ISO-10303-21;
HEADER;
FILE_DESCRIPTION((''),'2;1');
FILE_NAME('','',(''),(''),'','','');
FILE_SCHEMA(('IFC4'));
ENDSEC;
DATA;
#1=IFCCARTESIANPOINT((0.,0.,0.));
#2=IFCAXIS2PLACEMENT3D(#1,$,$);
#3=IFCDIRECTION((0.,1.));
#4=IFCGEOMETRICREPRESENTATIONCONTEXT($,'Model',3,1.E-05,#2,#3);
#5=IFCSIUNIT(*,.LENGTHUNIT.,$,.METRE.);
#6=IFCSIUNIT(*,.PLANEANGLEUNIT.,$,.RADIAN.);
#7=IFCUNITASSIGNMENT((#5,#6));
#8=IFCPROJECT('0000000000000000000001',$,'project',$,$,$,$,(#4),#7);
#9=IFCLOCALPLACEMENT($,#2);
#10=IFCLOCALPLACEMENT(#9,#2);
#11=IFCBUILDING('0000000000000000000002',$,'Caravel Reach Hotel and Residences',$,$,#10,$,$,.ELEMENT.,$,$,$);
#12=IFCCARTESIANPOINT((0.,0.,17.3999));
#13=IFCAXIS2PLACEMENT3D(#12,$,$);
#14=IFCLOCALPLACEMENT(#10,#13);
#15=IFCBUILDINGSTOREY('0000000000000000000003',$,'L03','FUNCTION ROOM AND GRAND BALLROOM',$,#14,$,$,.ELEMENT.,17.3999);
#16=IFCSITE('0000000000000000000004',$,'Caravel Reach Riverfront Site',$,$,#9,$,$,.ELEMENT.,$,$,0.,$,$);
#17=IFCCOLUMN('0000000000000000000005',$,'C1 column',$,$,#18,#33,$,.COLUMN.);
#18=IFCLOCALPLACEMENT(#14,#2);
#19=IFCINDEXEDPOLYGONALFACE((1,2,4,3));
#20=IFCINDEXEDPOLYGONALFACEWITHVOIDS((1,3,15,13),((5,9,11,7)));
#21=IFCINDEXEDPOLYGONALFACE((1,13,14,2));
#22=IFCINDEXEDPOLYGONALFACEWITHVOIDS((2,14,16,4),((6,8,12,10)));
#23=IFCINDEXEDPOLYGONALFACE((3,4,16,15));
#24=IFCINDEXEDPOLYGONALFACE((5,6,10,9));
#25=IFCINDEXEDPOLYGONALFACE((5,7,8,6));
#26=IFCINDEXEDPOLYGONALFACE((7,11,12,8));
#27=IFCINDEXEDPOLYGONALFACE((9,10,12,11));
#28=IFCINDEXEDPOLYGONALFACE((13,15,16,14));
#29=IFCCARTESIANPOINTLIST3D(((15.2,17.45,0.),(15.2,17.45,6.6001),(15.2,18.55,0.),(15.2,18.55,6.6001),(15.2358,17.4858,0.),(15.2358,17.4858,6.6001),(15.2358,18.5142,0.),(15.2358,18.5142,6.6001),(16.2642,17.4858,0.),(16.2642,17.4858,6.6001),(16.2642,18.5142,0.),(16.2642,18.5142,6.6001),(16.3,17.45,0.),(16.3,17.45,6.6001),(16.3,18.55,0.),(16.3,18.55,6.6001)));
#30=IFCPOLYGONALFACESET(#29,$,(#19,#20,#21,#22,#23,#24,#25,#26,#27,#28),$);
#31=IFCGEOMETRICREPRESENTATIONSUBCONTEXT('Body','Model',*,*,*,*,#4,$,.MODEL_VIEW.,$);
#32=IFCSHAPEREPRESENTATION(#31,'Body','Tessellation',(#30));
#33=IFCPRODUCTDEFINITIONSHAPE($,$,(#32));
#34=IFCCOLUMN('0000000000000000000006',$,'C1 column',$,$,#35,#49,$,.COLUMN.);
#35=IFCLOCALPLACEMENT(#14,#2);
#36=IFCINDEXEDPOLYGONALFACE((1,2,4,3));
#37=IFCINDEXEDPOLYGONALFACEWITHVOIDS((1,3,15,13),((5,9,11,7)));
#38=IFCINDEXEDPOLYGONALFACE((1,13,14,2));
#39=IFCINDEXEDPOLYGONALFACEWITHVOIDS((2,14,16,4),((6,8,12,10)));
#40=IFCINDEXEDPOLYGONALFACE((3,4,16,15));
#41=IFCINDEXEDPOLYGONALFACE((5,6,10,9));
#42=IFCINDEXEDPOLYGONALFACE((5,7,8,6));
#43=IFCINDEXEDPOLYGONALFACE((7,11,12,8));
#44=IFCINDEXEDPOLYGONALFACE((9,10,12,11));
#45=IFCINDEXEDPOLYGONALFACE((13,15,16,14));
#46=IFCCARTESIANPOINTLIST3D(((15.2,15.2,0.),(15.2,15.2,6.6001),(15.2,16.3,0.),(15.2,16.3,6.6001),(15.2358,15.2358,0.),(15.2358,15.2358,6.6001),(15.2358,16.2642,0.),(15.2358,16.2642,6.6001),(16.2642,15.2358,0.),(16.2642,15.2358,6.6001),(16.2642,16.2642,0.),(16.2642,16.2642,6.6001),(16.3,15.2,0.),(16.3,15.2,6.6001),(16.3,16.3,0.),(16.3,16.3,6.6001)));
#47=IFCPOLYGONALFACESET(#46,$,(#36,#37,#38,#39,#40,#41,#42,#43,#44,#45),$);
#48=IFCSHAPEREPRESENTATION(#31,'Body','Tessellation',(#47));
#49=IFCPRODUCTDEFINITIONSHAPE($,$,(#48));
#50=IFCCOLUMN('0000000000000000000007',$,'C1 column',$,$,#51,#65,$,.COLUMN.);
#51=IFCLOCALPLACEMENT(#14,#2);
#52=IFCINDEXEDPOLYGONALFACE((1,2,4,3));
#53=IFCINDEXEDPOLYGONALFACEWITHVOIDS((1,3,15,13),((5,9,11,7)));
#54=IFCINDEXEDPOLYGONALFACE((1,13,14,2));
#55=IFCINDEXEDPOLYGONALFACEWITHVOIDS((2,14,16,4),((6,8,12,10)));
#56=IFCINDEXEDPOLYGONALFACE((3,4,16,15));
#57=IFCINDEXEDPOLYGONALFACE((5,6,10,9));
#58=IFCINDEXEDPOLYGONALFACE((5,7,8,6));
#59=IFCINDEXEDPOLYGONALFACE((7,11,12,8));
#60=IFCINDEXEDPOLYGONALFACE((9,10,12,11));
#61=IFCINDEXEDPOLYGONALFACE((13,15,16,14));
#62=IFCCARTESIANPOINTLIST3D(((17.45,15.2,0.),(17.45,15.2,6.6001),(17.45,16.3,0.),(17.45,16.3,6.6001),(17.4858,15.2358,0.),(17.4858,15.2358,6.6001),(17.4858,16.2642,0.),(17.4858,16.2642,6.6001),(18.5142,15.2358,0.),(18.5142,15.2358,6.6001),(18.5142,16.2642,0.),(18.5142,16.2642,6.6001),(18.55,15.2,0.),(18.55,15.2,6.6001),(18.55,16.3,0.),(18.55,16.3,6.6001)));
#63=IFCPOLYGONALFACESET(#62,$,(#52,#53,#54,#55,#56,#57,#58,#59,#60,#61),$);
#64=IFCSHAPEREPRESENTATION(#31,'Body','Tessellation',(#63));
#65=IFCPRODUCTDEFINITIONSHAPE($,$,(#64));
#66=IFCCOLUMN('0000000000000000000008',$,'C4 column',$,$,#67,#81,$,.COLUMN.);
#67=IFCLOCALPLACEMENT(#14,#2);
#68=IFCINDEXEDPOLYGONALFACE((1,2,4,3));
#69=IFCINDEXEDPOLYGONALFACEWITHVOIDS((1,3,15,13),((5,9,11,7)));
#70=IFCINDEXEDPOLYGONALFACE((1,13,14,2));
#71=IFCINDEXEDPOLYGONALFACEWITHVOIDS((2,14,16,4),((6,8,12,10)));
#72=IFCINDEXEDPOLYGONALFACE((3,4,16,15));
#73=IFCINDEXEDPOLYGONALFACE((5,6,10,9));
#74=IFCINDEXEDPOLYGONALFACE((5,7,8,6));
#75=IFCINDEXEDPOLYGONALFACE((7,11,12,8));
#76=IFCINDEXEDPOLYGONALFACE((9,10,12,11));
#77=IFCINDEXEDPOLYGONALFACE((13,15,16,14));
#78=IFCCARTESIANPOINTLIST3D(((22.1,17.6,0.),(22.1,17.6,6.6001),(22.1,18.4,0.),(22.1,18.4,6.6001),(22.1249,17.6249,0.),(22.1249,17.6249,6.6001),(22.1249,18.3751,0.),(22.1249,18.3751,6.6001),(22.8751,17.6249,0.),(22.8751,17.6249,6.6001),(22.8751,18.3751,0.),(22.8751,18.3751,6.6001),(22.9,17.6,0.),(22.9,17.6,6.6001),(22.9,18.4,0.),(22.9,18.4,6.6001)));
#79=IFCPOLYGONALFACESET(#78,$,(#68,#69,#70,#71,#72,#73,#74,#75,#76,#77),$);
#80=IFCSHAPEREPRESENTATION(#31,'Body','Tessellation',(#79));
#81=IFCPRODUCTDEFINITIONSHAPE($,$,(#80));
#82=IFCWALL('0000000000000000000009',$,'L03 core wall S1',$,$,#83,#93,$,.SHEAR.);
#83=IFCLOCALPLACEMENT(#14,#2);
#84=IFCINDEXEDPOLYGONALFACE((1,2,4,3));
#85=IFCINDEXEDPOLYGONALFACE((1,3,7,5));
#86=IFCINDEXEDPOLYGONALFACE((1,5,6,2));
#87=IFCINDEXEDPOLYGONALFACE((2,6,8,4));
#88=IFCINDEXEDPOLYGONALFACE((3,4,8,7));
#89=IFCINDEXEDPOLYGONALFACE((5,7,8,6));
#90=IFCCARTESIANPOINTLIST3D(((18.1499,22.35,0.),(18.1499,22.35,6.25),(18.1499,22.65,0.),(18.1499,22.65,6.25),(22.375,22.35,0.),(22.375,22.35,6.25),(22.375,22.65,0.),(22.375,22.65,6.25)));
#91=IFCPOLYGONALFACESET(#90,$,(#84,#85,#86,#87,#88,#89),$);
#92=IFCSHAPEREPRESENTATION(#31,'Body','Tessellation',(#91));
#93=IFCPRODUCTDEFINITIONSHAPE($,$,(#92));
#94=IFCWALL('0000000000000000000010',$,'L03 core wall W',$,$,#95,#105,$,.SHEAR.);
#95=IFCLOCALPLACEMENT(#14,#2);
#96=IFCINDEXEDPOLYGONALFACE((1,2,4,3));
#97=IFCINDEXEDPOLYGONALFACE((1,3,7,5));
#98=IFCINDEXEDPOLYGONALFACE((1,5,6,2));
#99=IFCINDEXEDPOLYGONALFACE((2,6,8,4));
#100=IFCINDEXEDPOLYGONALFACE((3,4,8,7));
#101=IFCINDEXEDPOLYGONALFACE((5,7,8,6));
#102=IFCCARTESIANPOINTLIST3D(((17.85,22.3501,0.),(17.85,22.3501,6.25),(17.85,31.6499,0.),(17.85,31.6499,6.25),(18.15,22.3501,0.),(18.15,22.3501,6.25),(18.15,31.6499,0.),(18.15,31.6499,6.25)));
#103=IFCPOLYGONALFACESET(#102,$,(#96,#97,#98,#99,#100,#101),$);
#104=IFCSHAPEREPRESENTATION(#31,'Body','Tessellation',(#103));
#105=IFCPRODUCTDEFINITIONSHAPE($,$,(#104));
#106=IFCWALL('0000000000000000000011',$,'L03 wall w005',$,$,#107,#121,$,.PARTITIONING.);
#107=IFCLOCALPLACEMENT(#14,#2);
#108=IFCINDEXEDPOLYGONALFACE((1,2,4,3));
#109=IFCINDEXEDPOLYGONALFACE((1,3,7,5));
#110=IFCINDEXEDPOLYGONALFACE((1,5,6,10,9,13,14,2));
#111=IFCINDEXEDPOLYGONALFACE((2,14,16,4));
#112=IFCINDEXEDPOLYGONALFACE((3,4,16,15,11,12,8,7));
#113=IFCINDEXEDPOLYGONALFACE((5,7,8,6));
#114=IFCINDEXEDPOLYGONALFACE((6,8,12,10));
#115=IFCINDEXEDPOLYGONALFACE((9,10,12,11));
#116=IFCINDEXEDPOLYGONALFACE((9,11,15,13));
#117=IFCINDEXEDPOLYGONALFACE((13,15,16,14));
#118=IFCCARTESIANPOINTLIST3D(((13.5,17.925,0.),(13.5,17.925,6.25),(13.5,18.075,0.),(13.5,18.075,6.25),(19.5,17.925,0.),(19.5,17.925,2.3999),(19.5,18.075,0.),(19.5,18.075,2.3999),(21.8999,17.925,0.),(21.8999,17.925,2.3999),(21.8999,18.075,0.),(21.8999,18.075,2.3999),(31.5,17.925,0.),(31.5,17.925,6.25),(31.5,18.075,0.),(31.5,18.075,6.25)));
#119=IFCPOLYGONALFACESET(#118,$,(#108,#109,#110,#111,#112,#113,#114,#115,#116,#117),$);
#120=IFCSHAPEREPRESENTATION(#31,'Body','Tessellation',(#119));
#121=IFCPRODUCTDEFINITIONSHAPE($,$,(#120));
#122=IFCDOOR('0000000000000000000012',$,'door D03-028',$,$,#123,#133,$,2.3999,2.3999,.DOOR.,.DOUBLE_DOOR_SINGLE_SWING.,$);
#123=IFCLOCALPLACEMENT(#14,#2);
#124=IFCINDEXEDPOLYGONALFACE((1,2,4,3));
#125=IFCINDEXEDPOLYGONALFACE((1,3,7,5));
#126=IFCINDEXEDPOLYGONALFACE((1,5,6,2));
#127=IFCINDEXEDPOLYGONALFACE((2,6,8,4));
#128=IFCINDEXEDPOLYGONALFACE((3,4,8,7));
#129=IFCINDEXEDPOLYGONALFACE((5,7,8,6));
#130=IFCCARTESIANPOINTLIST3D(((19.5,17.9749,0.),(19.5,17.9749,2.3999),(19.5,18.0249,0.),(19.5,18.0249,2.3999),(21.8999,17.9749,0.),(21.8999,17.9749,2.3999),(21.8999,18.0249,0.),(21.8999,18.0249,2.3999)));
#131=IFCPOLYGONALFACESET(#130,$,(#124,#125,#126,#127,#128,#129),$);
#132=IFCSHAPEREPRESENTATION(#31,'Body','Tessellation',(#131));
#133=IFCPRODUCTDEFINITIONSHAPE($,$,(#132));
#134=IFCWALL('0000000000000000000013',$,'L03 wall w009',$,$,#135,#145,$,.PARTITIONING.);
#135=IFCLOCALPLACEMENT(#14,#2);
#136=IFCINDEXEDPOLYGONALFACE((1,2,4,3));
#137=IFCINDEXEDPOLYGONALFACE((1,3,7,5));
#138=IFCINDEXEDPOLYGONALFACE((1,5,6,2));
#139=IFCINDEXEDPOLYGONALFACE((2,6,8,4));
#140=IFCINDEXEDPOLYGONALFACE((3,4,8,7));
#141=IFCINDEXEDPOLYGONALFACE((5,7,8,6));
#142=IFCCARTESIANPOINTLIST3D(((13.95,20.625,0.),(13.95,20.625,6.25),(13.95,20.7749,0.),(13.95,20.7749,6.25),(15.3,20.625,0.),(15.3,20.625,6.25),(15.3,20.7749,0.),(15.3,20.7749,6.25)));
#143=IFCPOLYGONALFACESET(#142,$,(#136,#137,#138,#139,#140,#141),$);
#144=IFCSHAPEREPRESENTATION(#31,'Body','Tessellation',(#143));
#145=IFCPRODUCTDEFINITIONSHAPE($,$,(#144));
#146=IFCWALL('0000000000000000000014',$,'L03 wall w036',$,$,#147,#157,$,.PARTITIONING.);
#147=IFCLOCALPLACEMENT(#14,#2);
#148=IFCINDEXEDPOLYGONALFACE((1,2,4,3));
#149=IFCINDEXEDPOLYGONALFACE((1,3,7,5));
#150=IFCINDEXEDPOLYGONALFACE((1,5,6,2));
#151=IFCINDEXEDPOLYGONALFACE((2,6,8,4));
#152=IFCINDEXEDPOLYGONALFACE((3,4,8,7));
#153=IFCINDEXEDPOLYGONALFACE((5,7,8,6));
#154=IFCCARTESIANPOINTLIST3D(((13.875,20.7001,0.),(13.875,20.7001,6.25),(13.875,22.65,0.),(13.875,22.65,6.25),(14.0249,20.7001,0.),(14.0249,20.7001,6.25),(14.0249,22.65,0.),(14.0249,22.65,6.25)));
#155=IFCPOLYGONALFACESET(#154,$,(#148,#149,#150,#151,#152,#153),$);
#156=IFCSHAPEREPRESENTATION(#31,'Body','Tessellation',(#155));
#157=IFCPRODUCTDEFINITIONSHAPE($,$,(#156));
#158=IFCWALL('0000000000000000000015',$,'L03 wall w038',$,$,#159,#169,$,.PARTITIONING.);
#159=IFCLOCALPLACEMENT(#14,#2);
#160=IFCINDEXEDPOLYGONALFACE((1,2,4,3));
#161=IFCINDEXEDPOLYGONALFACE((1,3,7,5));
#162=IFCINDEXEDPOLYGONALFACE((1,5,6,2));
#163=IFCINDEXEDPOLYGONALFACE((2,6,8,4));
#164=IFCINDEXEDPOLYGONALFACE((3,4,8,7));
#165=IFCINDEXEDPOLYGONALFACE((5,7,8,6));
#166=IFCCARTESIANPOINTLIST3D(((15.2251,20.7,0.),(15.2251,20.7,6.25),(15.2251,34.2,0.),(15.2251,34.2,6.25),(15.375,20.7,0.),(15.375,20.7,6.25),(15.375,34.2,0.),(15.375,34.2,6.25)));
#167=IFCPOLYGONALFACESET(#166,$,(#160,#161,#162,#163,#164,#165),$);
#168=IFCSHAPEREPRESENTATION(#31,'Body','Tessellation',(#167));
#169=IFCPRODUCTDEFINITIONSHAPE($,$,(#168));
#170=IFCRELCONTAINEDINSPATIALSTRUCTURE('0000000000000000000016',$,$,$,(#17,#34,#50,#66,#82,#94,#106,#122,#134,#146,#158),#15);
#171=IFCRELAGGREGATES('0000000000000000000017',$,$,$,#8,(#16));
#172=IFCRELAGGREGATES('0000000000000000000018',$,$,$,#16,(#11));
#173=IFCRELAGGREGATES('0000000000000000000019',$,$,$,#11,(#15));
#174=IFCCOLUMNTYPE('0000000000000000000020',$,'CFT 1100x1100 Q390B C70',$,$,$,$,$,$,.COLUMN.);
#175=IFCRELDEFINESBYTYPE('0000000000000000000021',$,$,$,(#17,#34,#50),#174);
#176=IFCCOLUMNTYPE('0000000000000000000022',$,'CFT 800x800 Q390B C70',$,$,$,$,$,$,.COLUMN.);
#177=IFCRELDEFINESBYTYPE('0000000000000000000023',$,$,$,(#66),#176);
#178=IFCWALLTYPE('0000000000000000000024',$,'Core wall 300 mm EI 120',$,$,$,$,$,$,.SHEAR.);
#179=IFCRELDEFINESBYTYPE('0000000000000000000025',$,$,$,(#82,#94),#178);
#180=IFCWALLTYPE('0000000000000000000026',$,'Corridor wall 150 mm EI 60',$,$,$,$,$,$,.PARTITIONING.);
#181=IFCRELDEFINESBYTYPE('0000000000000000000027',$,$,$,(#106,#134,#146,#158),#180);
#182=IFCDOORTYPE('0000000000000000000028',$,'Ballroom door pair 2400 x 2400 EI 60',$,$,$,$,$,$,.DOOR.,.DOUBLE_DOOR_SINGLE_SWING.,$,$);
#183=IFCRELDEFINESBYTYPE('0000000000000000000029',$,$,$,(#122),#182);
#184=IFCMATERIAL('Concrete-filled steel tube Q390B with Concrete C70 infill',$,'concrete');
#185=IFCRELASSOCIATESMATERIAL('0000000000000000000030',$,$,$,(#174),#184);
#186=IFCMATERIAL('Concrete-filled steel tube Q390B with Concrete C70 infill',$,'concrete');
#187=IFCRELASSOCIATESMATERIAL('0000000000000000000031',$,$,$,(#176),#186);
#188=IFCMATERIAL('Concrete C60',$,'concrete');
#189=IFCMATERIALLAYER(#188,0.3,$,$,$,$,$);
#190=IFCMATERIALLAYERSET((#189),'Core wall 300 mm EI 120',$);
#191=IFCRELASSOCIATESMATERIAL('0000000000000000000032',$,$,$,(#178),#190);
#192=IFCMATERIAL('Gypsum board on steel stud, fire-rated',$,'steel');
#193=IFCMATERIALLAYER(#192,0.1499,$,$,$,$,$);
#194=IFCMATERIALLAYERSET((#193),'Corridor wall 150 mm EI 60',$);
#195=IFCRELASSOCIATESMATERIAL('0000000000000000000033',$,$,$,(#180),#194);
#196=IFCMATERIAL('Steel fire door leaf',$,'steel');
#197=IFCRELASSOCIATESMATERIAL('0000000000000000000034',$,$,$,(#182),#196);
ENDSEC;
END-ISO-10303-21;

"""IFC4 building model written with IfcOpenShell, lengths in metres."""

from ifc_helpers import new_model, si_unit, direction, frame, frame_2d, origin, origin_2d, place, context, subcontext, project, spatial, rectangle, hollow_rectangle, extrude, material, layer, layer_set, material_profile, profile_set, type_object, element, fill, save


model = new_model("IFC4")

# Units and contexts
model_context = context("Model", 3, precision=1e-05, world=origin(), true_north=direction((0.0, 1.0)))
body_context = subcontext(model_context, "Body", "Model", "MODEL_VIEW")
ifc_project = project(units=[si_unit("LENGTHUNIT", "METRE"), si_unit("PLANEANGLEUNIT", "RADIAN")], contexts=[model_context])

# Site, building, storey
site_placement = place(None, origin())
site = spatial("IfcSite", under=ifc_project, at=site_placement, Name="Caravel Reach Riverfront Site", CompositionType="ELEMENT", RefElevation=0.0)
building_placement = place(site_placement, origin())
building = spatial("IfcBuilding", under=site, at=building_placement, Name="Caravel Reach Hotel and Residences", CompositionType="ELEMENT")
storey_placement = place(building_placement, frame((0.0, 0.0, 17.3999)))
storey = spatial("IfcBuildingStorey", under=building, at=storey_placement, Name="L03", Description="FUNCTION ROOM AND GRAND BALLROOM", CompositionType="ELEMENT", Elevation=17.3999)

# Columns
ifc_material_1 = material(Name="Concrete-filled steel tube Q390B with Concrete C70 infill", Category="concrete")
ifc_material_profile_1 = material_profile(ifc_material_1, hollow_rectangle(XDim=1.1001, YDim=1.1001, WallThickness=0.0359, at=origin_2d()), Name="RHS 1100x1100x36")
ifc_profile_set_1 = profile_set([ifc_material_profile_1], Name="Concrete-filled steel tube Q390B with Concrete C70 infill")
column_type_1 = type_object("IfcColumnType", Name="CFT 1100x1100 Q390B C70", PredefinedType="COLUMN", material=ifc_profile_set_1)
for number, where, z_axis, x_axis, name in (
    (1, (15.75, 18.0, 0.0), (0.0, 0.0, 1.0), (1.0, 0.0, 0.0), "C1 column"),
    (2, (15.75, 15.75, 0.0), (0.0, 0.0, 1.0), (1.0, 0.0, 0.0), "C1 column"),
    (3, (18.0, 15.75, 0.0), (0.0, 0.0, 1.0), (1.0, 0.0, 0.0), "C1 column"),
):
    element("IfcColumn", number, at=place(storey_placement, frame(where, z_axis=z_axis, x_axis=x_axis)), inside=storey, type_object=column_type_1, Name=name, PredefinedType="COLUMN", context=body_context, shape_type="SweptSolid", body=[
        extrude(hollow_rectangle(XDim=1.1001, YDim=1.1001, WallThickness=0.0359, at=origin_2d()), origin(), (0.0, 0.0, 1.0), 6.6001),
    ])
ifc_material_2 = material(Name="Concrete-filled steel tube Q390B with Concrete C70 infill", Category="concrete")
ifc_material_profile_2 = material_profile(ifc_material_2, hollow_rectangle(XDim=0.8, YDim=0.8, WallThickness=0.0249, at=origin_2d()), Name="RHS 800x800x25")
ifc_profile_set_2 = profile_set([ifc_material_profile_2], Name="Concrete-filled steel tube Q390B with Concrete C70 infill")
column_type_2 = type_object("IfcColumnType", Name="CFT 800x800 Q390B C70", PredefinedType="COLUMN", material=ifc_profile_set_2)
column_placement = place(storey_placement, frame((22.5, 18.0, 0.0), z_axis=(0.0, 0.0, 1.0), x_axis=(1.0, 0.0, 0.0)))
element("IfcColumn", 4, at=column_placement, inside=storey, type_object=column_type_2, Name="C4 column", PredefinedType="COLUMN", context=body_context, shape_type="SweptSolid", body=[
    extrude(hollow_rectangle(XDim=0.8, YDim=0.8, WallThickness=0.0249, at=origin_2d()), origin(), (0.0, 0.0, 1.0), 6.6001),
])

# Walls
ifc_material_3 = material(Name="Concrete C60", Category="concrete")
ifc_layer_1 = layer(ifc_material_3, 0.3)
ifc_layer_set_1 = layer_set([ifc_layer_1], Name="Core wall 300 mm EI 120")
wall_type_1 = type_object("IfcWallType", Name="Core wall 300 mm EI 120", PredefinedType="SHEAR", material=ifc_layer_set_1)
wall_1_placement = place(storey_placement, frame((18.1499, 22.5, 0.0), z_axis=(0.0, 0.0, 1.0), x_axis=(1.0, 0.0, 0.0)))
element("IfcWall", 5, at=wall_1_placement, inside=storey, type_object=wall_type_1, Name="L03 core wall S1", PredefinedType="SHEAR", context=body_context, shape_type="SweptSolid", body=[
    extrude(rectangle(XDim=4.2251, YDim=0.3, at=frame_2d((2.1125, 0.0))), origin(), (0.0, 0.0, 1.0), 6.25),
])
wall_2_placement = place(storey_placement, frame((18.0, 22.3501, 0.0), z_axis=(0.0, 0.0, 1.0), x_axis=(0.0, 1.0, 0.0)))
element("IfcWall", 6, at=wall_2_placement, inside=storey, type_object=wall_type_1, Name="L03 core wall W", PredefinedType="SHEAR", context=body_context, shape_type="SweptSolid", body=[
    extrude(rectangle(XDim=9.2998, YDim=0.3, at=frame_2d((4.6499, 0.0))), origin(), (0.0, 0.0, 1.0), 6.25),
])

# Wall, opening, door
ifc_material_4 = material(Name="Gypsum board on steel stud, fire-rated", Category="steel")
ifc_layer_2 = layer(ifc_material_4, 0.1499)
ifc_layer_set_2 = layer_set([ifc_layer_2], Name="Corridor wall 150 mm EI 60")
wall_type_2 = type_object("IfcWallType", Name="Corridor wall 150 mm EI 60", PredefinedType="PARTITIONING", material=ifc_layer_set_2)
wall_3_placement = place(storey_placement, frame((13.5, 18.0, 0.0), z_axis=(0.0, 0.0, 1.0), x_axis=(1.0, 0.0, 0.0)))
wall_3 = element("IfcWall", 7, at=wall_3_placement, inside=storey, type_object=wall_type_2, Name="L03 wall w005", PredefinedType="PARTITIONING", context=body_context, shape_type="SweptSolid", body=[
    extrude(rectangle(XDim=18.0, YDim=0.1499, at=frame_2d((9.0, 0.0))), origin(), (0.0, 0.0, 1.0), 6.25),
])
opening_1_placement = place(wall_3_placement, frame((6.0, 0.0, 0.0)))
opening_1 = element("IfcOpeningElement", 8, at=opening_1_placement, cuts=wall_3, PredefinedType="OPENING", context=body_context, shape_type="SweptSolid", body=[
    extrude(rectangle(XDim=2.3999, YDim=2.3999, at=frame_2d((1.2, 1.2))), frame((0.0, 0.085, 0.0), z_axis=(0.0, -1.0, 0.0), x_axis=(1.0, 0.0, 0.0)), (0.0, 0.0, 1.0), 0.1699),
])
ifc_material_5 = material(Name="Steel fire door leaf", Category="steel")
door_type_1 = type_object("IfcDoorType", Name="Ballroom door pair 2400 x 2400 EI 60", OperationType="DOUBLE_DOOR_SINGLE_SWING", PredefinedType="DOOR", material=ifc_material_5)
door_1_placement = place(opening_1_placement, origin())
door_1 = element("IfcDoor", 9, at=door_1_placement, inside=storey, type_object=door_type_1, Name="door D03-028", OperationType="DOUBLE_DOOR_SINGLE_SWING", OverallHeight=2.3999, OverallWidth=2.3999, PredefinedType="DOOR", context=body_context, shape_type="SweptSolid", body=[
    extrude(rectangle(XDim=2.3999, YDim=2.3999, at=frame_2d((1.2, 1.2))), frame((0.0, 0.0249, 0.0), z_axis=(0.0, -1.0, 0.0), x_axis=(1.0, 0.0, 0.0)), (0.0, 0.0, 1.0), 0.05),
])
fill(opening_1, door_1)

# Walls
wall_4_placement = place(storey_placement, frame((13.95, 20.7, 0.0), z_axis=(0.0, 0.0, 1.0), x_axis=(1.0, 0.0, 0.0)))
element("IfcWall", 10, at=wall_4_placement, inside=storey, type_object=wall_type_2, Name="L03 wall w009", PredefinedType="PARTITIONING", context=body_context, shape_type="SweptSolid", body=[
    extrude(rectangle(XDim=1.3501, YDim=0.1499, at=frame_2d((0.675, 0.0))), origin(), (0.0, 0.0, 1.0), 6.25),
])
wall_5_placement = place(storey_placement, frame((13.95, 20.7, 0.0), z_axis=(0.0, 0.0, 1.0), x_axis=(0.0, 1.0, 0.0)))
element("IfcWall", 11, at=wall_5_placement, inside=storey, type_object=wall_type_2, Name="L03 wall w036", PredefinedType="PARTITIONING", context=body_context, shape_type="SweptSolid", body=[
    extrude(rectangle(XDim=1.95, YDim=0.1499, at=frame_2d((0.9751, 0.0))), origin(), (0.0, 0.0, 1.0), 6.25),
])
wall_6_placement = place(storey_placement, frame((15.3, 20.7, 0.0), z_axis=(0.0, 0.0, 1.0), x_axis=(0.0, 1.0, 0.0)))
element("IfcWall", 12, at=wall_6_placement, inside=storey, type_object=wall_type_2, Name="L03 wall w038", PredefinedType="PARTITIONING", context=body_context, shape_type="SweptSolid", body=[
    extrude(rectangle(XDim=13.5, YDim=0.1499, at=frame_2d((6.75, 0.0))), origin(), (0.0, 0.0, 1.0), 6.25),
])

save(model, "model.ifc")
